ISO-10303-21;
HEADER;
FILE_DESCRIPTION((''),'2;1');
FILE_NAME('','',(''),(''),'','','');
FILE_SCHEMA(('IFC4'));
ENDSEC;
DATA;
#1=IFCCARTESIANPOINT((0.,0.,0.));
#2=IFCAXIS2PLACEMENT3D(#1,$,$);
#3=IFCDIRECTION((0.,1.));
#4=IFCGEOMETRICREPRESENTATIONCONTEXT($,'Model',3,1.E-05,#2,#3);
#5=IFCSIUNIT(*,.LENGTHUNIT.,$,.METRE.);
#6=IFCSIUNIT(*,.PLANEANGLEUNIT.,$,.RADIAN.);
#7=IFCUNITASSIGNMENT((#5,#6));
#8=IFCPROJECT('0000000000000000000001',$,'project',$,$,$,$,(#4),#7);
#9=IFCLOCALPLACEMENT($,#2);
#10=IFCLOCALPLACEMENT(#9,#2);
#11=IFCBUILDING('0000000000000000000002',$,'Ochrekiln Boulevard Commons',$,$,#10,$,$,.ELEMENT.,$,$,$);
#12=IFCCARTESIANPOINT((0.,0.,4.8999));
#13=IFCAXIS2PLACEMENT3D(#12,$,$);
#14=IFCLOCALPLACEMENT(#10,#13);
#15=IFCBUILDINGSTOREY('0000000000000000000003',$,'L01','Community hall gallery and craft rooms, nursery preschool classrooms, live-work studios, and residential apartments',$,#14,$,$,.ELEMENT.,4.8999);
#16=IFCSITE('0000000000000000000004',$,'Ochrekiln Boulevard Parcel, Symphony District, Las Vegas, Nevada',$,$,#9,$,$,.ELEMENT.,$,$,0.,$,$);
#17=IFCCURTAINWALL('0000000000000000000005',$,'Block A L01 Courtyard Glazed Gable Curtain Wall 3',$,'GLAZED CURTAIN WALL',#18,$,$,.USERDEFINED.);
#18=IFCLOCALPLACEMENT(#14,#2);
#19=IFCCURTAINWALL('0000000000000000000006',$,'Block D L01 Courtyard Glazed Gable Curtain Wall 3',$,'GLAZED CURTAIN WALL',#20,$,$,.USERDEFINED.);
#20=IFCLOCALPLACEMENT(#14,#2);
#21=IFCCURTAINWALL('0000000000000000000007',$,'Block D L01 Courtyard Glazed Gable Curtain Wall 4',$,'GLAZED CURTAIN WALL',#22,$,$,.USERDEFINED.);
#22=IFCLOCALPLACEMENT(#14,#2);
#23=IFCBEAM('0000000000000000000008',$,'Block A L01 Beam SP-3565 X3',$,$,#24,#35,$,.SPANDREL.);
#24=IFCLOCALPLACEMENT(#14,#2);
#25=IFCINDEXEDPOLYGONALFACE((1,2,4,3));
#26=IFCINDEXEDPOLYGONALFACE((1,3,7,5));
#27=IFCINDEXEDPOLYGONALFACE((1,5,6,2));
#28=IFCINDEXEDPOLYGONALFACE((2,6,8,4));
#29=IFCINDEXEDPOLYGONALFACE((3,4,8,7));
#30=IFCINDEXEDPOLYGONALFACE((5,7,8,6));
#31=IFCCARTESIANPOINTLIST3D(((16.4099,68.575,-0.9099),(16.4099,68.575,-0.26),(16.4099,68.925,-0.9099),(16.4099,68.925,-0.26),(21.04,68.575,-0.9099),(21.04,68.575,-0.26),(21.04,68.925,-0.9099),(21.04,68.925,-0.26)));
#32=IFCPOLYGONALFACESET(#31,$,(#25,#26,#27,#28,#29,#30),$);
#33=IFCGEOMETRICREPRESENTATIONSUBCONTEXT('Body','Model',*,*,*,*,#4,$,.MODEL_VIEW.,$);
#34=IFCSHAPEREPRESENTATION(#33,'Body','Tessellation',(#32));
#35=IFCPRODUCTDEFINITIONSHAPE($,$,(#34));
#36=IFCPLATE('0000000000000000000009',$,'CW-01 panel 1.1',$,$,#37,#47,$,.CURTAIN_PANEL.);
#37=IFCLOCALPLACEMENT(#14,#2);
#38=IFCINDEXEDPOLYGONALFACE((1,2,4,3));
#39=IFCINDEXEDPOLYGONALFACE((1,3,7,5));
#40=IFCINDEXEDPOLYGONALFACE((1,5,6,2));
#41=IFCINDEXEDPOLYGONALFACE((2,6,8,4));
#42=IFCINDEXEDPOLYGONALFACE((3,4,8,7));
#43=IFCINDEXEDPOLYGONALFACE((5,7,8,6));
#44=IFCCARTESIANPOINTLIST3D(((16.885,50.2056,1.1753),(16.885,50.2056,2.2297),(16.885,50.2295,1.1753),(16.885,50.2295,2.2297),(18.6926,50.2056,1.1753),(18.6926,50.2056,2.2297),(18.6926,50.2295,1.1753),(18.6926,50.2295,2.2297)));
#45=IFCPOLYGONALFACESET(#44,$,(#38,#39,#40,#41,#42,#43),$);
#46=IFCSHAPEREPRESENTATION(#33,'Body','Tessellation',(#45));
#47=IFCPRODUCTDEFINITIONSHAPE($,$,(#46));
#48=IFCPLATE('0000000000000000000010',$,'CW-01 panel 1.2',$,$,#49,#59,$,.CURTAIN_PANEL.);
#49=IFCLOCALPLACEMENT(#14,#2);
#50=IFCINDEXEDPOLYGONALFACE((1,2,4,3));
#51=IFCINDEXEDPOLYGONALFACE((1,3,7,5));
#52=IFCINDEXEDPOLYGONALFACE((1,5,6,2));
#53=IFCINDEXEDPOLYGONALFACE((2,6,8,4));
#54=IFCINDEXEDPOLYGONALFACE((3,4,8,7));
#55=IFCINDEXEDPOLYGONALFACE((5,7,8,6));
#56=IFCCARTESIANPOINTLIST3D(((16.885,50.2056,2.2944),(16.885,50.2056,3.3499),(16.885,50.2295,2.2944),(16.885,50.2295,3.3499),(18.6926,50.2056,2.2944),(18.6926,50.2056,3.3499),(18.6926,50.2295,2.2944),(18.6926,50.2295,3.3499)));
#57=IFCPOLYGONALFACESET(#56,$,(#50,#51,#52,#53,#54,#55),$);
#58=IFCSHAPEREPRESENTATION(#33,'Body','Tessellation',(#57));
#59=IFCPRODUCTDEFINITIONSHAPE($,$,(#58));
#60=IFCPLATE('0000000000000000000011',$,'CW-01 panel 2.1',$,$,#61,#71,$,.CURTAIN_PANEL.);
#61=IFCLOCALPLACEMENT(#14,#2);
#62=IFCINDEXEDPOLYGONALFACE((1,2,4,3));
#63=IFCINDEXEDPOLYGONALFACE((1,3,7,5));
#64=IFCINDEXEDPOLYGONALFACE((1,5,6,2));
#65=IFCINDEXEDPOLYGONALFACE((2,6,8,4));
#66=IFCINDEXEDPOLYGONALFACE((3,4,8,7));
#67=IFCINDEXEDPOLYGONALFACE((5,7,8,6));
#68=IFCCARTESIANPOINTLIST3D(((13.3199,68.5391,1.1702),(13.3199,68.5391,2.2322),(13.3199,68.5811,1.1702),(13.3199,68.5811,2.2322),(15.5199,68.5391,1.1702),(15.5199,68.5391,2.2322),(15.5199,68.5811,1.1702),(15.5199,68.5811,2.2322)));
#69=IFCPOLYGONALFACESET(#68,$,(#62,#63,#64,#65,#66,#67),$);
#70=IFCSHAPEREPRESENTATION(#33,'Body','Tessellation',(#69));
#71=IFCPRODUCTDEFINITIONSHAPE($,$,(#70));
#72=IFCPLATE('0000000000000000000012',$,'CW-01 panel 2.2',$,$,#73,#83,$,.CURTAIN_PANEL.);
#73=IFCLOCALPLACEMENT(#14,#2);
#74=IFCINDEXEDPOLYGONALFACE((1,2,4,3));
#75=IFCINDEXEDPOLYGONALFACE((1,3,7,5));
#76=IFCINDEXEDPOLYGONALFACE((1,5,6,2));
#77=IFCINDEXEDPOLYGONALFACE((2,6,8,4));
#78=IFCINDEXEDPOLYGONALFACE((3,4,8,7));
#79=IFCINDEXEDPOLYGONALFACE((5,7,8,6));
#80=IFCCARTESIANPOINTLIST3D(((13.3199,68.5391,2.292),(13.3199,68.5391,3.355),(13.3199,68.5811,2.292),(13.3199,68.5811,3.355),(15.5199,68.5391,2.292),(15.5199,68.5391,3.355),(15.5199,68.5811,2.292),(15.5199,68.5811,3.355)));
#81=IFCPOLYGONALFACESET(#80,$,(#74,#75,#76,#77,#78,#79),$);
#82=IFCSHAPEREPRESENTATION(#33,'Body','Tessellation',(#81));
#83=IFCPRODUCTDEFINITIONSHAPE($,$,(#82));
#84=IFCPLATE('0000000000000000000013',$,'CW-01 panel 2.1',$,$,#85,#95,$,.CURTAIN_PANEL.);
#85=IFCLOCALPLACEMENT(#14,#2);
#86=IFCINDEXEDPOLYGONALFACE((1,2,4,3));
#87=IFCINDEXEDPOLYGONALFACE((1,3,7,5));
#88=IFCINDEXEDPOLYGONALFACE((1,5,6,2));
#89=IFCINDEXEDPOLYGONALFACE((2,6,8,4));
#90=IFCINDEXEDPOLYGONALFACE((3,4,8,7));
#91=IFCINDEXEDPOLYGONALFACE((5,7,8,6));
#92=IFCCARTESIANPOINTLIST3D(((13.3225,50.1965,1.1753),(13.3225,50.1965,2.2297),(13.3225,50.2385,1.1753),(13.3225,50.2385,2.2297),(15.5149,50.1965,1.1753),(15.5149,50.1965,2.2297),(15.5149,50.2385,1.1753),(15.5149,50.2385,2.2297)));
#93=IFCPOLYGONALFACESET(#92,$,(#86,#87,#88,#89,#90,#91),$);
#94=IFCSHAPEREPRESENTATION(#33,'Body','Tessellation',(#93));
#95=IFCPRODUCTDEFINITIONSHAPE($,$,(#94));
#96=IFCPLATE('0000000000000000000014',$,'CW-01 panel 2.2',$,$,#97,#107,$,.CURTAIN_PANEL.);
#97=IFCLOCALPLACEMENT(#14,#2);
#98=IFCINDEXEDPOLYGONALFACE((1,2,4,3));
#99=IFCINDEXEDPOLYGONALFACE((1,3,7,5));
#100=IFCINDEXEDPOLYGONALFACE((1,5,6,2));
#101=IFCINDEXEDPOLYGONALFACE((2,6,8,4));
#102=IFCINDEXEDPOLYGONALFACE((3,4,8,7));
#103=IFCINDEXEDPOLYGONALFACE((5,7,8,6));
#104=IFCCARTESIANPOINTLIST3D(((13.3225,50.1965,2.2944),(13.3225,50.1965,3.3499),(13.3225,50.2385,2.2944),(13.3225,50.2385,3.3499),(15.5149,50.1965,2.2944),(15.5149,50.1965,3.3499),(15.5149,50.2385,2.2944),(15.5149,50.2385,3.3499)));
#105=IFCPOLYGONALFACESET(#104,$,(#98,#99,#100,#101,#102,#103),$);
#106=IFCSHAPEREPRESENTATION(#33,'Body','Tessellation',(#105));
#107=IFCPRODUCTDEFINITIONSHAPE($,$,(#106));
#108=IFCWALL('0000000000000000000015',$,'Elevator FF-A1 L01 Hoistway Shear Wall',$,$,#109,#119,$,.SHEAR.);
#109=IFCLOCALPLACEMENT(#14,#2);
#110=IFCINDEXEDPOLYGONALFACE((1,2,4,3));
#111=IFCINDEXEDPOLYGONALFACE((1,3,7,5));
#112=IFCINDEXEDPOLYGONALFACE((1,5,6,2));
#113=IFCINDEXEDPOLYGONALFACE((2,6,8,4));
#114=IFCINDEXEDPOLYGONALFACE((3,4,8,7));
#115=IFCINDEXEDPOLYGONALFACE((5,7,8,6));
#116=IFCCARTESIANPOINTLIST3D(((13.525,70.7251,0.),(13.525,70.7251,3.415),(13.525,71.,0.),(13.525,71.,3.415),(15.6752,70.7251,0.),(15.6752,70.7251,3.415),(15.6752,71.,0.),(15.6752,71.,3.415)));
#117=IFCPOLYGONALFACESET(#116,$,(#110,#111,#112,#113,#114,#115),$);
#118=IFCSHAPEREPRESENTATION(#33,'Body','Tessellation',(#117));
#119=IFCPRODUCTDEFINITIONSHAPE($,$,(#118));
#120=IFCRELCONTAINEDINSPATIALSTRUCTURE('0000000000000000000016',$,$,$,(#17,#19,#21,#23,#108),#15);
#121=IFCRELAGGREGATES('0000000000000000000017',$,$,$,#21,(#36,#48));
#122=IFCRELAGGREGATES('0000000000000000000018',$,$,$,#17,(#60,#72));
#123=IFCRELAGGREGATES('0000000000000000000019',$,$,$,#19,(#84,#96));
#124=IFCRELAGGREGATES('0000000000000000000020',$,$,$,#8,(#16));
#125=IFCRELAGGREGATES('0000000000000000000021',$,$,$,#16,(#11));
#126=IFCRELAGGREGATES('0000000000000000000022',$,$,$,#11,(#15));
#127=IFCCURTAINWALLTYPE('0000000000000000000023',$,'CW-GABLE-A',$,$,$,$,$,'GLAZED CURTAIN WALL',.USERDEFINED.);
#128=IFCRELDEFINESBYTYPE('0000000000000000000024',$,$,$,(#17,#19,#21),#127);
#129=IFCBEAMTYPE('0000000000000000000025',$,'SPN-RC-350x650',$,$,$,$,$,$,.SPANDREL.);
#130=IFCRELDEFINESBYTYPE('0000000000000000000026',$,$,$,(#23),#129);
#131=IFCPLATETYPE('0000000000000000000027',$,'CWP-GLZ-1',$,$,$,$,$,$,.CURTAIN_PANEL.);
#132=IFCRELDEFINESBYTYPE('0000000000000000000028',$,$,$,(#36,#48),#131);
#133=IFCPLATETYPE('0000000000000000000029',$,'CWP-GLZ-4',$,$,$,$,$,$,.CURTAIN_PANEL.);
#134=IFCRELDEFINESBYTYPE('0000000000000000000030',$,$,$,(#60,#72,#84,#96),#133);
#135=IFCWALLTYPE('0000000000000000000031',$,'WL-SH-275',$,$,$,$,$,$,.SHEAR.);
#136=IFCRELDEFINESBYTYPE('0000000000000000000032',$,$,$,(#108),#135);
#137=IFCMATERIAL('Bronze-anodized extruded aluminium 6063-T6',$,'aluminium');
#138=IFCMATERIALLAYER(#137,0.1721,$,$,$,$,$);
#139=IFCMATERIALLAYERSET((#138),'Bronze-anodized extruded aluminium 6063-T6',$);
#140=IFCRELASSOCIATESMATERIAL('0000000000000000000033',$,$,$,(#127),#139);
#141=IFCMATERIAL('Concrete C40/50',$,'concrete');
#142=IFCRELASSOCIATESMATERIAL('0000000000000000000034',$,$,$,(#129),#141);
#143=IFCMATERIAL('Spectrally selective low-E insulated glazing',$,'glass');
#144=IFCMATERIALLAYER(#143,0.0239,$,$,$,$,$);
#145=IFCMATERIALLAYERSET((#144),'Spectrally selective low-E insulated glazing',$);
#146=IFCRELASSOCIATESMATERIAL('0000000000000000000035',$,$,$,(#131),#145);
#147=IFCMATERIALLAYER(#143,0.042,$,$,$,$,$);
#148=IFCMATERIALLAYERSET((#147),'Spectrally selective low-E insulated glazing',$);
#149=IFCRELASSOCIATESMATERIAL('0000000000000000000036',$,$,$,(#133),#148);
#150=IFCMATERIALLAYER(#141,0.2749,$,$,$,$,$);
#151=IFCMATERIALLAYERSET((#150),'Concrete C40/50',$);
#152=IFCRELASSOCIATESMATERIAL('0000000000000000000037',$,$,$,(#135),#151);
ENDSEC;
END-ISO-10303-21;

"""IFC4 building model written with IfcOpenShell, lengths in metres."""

from ifc_helpers import new_model, si_unit, direction, frame, frame_2d, origin, origin_2d, place, context, subcontext, project, spatial, rectangle, extrude, material, layer, layer_set, material_profile, profile_set, type_object, element, aggregate, save


model = new_model("IFC4")

# Units and contexts
model_context = context("Model", 3, precision=1e-05, world=origin(), true_north=direction((0.0, 1.0)))
body_context = subcontext(model_context, "Body", "Model", "MODEL_VIEW")
ifc_project = project(units=[si_unit("LENGTHUNIT", "METRE"), si_unit("PLANEANGLEUNIT", "RADIAN")], contexts=[model_context])

# Site, building, storey
site_placement = place(None, origin())
site = spatial("IfcSite", under=ifc_project, at=site_placement, Name="Ochrekiln Boulevard Parcel, Symphony District, Las Vegas, Nevada", CompositionType="ELEMENT", RefElevation=0.0)
building_placement = place(site_placement, origin())
building = spatial("IfcBuilding", under=site, at=building_placement, Name="Ochrekiln Boulevard Commons", CompositionType="ELEMENT")
storey_placement = place(building_placement, frame((0.0, 0.0, 4.8999)))
storey = spatial("IfcBuildingStorey", under=building, at=storey_placement, Name="L01", Description="Community hall gallery and craft rooms, nursery preschool classrooms, live-work studios, and residential apartments", CompositionType="ELEMENT", Elevation=4.8999)

# Shared definitions
ifc_material_1 = material(Name="Concrete C40/50", Category="concrete")

# Curtain walls
ifc_material_2 = material(Name="Bronze-anodized extruded aluminium 6063-T6", Category="aluminium")
ifc_layer_1 = layer(ifc_material_2, 0.1721)
ifc_layer_set_1 = layer_set([ifc_layer_1], Name="Bronze-anodized extruded aluminium 6063-T6")
curtain_wall_type = type_object("IfcCurtainWallType", Name="CW-GABLE-A", ElementType="GLAZED CURTAIN WALL", PredefinedType="USERDEFINED", material=ifc_layer_set_1)
curtain_wall_1_placement = place(storey_placement, origin())
curtain_wall_1 = element("IfcCurtainWall", 1, at=curtain_wall_1_placement, inside=storey, type_object=curtain_wall_type, Name="Block A L01 Courtyard Glazed Gable Curtain Wall 3", ObjectType="GLAZED CURTAIN WALL", PredefinedType="USERDEFINED")
curtain_wall_2_placement = place(storey_placement, origin())
curtain_wall_2 = element("IfcCurtainWall", 2, at=curtain_wall_2_placement, inside=storey, type_object=curtain_wall_type, Name="Block D L01 Courtyard Glazed Gable Curtain Wall 3", ObjectType="GLAZED CURTAIN WALL", PredefinedType="USERDEFINED")
curtain_wall_3_placement = place(storey_placement, origin())
curtain_wall_3 = element("IfcCurtainWall", 3, at=curtain_wall_3_placement, inside=storey, type_object=curtain_wall_type, Name="Block D L01 Courtyard Glazed Gable Curtain Wall 4", ObjectType="GLAZED CURTAIN WALL", PredefinedType="USERDEFINED")

# Beam
ifc_material_profile_1 = material_profile(ifc_material_1, rectangle(XDim=0.3501, YDim=0.6499, at=origin_2d()), Name="RC-SPN-350x650")
ifc_profile_set_1 = profile_set([ifc_material_profile_1], Name="Concrete C40/50")
beam_type_1 = type_object("IfcBeamType", Name="SPN-RC-350x650", PredefinedType="SPANDREL", material=ifc_profile_set_1)
beam_1_placement = place(storey_placement, frame((16.4099, 68.75, -0.585), z_axis=(1.0, 0.0, 0.0), x_axis=(0.0, 1.0, 0.0)))
element("IfcBeam", 4, at=beam_1_placement, inside=storey, type_object=beam_type_1, Name="Block A L01 Beam SP-3565 X3", PredefinedType="SPANDREL", context=body_context, shape_type="SweptSolid", body=[
    extrude(rectangle(XDim=0.3501, YDim=0.6499, at=origin_2d()), origin(), (0.0, 0.0, 1.0), 4.6301),
])

# Plates
ifc_material_3 = material(Name="Spectrally selective low-E insulated glazing", Category="glass")
ifc_layer_2 = layer(ifc_material_3, 0.0239)
ifc_layer_set_2 = layer_set([ifc_layer_2], Name="Spectrally selective low-E insulated glazing")
plate_type_1 = type_object("IfcPlateType", Name="CWP-GLZ-1", PredefinedType="CURTAIN_PANEL", material=ifc_layer_set_2)
plate_1_placement = place(storey_placement, frame((17.7888, 50.2175, 1.1753), z_axis=(0.0, 0.0, 1.0), x_axis=(1.0, 0.0, 0.0)))
plate_1 = element("IfcPlate", 5, at=plate_1_placement, type_object=plate_type_1, Name="CW-01 panel 1.1", PredefinedType="CURTAIN_PANEL", context=body_context, shape_type="SweptSolid", body=[
    extrude(rectangle(XDim=1.8076, YDim=0.0239, at=origin_2d()), origin(), (0.0, 0.0, 1.0), 1.0544),
])
plate_2_placement = place(storey_placement, frame((17.7888, 50.2175, 2.2944), z_axis=(0.0, 0.0, 1.0), x_axis=(1.0, 0.0, 0.0)))
plate_2 = element("IfcPlate", 6, at=plate_2_placement, type_object=plate_type_1, Name="CW-01 panel 1.2", PredefinedType="CURTAIN_PANEL", context=body_context, shape_type="SweptSolid", body=[
    extrude(rectangle(XDim=1.8076, YDim=0.0239, at=origin_2d()), origin(), (0.0, 0.0, 1.0), 1.0554),
])
aggregate(curtain_wall_3, [plate_1, plate_2])
ifc_layer_3 = layer(ifc_material_3, 0.042)
ifc_layer_set_3 = layer_set([ifc_layer_3], Name="Spectrally selective low-E insulated glazing")
plate_type_2 = type_object("IfcPlateType", Name="CWP-GLZ-4", PredefinedType="CURTAIN_PANEL", material=ifc_layer_set_3)
plate_3_placement = place(storey_placement, frame((14.4199, 68.5601, 1.1702), z_axis=(0.0, 0.0, 1.0), x_axis=(1.0, 0.0, 0.0)))
plate_3 = element("IfcPlate", 7, at=plate_3_placement, type_object=plate_type_2, Name="CW-01 panel 2.1", PredefinedType="CURTAIN_PANEL", context=body_context, shape_type="SweptSolid", body=[
    extrude(rectangle(XDim=2.2, YDim=0.042, at=origin_2d()), origin(), (0.0, 0.0, 1.0), 1.062),
])
plate_4_placement = place(storey_placement, frame((14.4199, 68.5601, 2.292), z_axis=(0.0, 0.0, 1.0), x_axis=(1.0, 0.0, 0.0)))
plate_4 = element("IfcPlate", 8, at=plate_4_placement, type_object=plate_type_2, Name="CW-01 panel 2.2", PredefinedType="CURTAIN_PANEL", context=body_context, shape_type="SweptSolid", body=[
    extrude(rectangle(XDim=2.2, YDim=0.042, at=origin_2d()), origin(), (0.0, 0.0, 1.0), 1.063),
])
aggregate(curtain_wall_1, [plate_3, plate_4])
plate_5_placement = place(storey_placement, frame((14.4187, 50.2175, 1.1753), z_axis=(0.0, 0.0, 1.0), x_axis=(1.0, 0.0, 0.0)))
plate_5 = element("IfcPlate", 9, at=plate_5_placement, type_object=plate_type_2, Name="CW-01 panel 2.1", PredefinedType="CURTAIN_PANEL", context=body_context, shape_type="SweptSolid", body=[
    extrude(rectangle(XDim=2.1924, YDim=0.042, at=origin_2d()), origin(), (0.0, 0.0, 1.0), 1.0544),
])
plate_6_placement = place(storey_placement, frame((14.4187, 50.2175, 2.2944), z_axis=(0.0, 0.0, 1.0), x_axis=(1.0, 0.0, 0.0)))
plate_6 = element("IfcPlate", 10, at=plate_6_placement, type_object=plate_type_2, Name="CW-01 panel 2.2", PredefinedType="CURTAIN_PANEL", context=body_context, shape_type="SweptSolid", body=[
    extrude(rectangle(XDim=2.1924, YDim=0.042, at=origin_2d()), origin(), (0.0, 0.0, 1.0), 1.0554),
])
aggregate(curtain_wall_2, [plate_5, plate_6])

# Wall
ifc_layer_4 = layer(ifc_material_1, 0.2749)
ifc_layer_set_4 = layer_set([ifc_layer_4], Name="Concrete C40/50")
wall_type = type_object("IfcWallType", Name="WL-SH-275", PredefinedType="SHEAR", material=ifc_layer_set_4)
wall_1_placement = place(storey_placement, frame((13.5249, 70.8625, 0.0), z_axis=(0.0, 0.0, 1.0), x_axis=(1.0, 0.0, 0.0)))
element("IfcWall", 11, at=wall_1_placement, inside=storey, type_object=wall_type, Name="Elevator FF-A1 L01 Hoistway Shear Wall", PredefinedType="SHEAR", context=body_context, shape_type="SweptSolid", body=[
    extrude(rectangle(XDim=2.1501, YDim=0.2749, at=frame_2d((1.0752, 0.0))), origin(), (0.0, 0.0, 1.0), 3.415),
])

save(model, "model.ifc")
